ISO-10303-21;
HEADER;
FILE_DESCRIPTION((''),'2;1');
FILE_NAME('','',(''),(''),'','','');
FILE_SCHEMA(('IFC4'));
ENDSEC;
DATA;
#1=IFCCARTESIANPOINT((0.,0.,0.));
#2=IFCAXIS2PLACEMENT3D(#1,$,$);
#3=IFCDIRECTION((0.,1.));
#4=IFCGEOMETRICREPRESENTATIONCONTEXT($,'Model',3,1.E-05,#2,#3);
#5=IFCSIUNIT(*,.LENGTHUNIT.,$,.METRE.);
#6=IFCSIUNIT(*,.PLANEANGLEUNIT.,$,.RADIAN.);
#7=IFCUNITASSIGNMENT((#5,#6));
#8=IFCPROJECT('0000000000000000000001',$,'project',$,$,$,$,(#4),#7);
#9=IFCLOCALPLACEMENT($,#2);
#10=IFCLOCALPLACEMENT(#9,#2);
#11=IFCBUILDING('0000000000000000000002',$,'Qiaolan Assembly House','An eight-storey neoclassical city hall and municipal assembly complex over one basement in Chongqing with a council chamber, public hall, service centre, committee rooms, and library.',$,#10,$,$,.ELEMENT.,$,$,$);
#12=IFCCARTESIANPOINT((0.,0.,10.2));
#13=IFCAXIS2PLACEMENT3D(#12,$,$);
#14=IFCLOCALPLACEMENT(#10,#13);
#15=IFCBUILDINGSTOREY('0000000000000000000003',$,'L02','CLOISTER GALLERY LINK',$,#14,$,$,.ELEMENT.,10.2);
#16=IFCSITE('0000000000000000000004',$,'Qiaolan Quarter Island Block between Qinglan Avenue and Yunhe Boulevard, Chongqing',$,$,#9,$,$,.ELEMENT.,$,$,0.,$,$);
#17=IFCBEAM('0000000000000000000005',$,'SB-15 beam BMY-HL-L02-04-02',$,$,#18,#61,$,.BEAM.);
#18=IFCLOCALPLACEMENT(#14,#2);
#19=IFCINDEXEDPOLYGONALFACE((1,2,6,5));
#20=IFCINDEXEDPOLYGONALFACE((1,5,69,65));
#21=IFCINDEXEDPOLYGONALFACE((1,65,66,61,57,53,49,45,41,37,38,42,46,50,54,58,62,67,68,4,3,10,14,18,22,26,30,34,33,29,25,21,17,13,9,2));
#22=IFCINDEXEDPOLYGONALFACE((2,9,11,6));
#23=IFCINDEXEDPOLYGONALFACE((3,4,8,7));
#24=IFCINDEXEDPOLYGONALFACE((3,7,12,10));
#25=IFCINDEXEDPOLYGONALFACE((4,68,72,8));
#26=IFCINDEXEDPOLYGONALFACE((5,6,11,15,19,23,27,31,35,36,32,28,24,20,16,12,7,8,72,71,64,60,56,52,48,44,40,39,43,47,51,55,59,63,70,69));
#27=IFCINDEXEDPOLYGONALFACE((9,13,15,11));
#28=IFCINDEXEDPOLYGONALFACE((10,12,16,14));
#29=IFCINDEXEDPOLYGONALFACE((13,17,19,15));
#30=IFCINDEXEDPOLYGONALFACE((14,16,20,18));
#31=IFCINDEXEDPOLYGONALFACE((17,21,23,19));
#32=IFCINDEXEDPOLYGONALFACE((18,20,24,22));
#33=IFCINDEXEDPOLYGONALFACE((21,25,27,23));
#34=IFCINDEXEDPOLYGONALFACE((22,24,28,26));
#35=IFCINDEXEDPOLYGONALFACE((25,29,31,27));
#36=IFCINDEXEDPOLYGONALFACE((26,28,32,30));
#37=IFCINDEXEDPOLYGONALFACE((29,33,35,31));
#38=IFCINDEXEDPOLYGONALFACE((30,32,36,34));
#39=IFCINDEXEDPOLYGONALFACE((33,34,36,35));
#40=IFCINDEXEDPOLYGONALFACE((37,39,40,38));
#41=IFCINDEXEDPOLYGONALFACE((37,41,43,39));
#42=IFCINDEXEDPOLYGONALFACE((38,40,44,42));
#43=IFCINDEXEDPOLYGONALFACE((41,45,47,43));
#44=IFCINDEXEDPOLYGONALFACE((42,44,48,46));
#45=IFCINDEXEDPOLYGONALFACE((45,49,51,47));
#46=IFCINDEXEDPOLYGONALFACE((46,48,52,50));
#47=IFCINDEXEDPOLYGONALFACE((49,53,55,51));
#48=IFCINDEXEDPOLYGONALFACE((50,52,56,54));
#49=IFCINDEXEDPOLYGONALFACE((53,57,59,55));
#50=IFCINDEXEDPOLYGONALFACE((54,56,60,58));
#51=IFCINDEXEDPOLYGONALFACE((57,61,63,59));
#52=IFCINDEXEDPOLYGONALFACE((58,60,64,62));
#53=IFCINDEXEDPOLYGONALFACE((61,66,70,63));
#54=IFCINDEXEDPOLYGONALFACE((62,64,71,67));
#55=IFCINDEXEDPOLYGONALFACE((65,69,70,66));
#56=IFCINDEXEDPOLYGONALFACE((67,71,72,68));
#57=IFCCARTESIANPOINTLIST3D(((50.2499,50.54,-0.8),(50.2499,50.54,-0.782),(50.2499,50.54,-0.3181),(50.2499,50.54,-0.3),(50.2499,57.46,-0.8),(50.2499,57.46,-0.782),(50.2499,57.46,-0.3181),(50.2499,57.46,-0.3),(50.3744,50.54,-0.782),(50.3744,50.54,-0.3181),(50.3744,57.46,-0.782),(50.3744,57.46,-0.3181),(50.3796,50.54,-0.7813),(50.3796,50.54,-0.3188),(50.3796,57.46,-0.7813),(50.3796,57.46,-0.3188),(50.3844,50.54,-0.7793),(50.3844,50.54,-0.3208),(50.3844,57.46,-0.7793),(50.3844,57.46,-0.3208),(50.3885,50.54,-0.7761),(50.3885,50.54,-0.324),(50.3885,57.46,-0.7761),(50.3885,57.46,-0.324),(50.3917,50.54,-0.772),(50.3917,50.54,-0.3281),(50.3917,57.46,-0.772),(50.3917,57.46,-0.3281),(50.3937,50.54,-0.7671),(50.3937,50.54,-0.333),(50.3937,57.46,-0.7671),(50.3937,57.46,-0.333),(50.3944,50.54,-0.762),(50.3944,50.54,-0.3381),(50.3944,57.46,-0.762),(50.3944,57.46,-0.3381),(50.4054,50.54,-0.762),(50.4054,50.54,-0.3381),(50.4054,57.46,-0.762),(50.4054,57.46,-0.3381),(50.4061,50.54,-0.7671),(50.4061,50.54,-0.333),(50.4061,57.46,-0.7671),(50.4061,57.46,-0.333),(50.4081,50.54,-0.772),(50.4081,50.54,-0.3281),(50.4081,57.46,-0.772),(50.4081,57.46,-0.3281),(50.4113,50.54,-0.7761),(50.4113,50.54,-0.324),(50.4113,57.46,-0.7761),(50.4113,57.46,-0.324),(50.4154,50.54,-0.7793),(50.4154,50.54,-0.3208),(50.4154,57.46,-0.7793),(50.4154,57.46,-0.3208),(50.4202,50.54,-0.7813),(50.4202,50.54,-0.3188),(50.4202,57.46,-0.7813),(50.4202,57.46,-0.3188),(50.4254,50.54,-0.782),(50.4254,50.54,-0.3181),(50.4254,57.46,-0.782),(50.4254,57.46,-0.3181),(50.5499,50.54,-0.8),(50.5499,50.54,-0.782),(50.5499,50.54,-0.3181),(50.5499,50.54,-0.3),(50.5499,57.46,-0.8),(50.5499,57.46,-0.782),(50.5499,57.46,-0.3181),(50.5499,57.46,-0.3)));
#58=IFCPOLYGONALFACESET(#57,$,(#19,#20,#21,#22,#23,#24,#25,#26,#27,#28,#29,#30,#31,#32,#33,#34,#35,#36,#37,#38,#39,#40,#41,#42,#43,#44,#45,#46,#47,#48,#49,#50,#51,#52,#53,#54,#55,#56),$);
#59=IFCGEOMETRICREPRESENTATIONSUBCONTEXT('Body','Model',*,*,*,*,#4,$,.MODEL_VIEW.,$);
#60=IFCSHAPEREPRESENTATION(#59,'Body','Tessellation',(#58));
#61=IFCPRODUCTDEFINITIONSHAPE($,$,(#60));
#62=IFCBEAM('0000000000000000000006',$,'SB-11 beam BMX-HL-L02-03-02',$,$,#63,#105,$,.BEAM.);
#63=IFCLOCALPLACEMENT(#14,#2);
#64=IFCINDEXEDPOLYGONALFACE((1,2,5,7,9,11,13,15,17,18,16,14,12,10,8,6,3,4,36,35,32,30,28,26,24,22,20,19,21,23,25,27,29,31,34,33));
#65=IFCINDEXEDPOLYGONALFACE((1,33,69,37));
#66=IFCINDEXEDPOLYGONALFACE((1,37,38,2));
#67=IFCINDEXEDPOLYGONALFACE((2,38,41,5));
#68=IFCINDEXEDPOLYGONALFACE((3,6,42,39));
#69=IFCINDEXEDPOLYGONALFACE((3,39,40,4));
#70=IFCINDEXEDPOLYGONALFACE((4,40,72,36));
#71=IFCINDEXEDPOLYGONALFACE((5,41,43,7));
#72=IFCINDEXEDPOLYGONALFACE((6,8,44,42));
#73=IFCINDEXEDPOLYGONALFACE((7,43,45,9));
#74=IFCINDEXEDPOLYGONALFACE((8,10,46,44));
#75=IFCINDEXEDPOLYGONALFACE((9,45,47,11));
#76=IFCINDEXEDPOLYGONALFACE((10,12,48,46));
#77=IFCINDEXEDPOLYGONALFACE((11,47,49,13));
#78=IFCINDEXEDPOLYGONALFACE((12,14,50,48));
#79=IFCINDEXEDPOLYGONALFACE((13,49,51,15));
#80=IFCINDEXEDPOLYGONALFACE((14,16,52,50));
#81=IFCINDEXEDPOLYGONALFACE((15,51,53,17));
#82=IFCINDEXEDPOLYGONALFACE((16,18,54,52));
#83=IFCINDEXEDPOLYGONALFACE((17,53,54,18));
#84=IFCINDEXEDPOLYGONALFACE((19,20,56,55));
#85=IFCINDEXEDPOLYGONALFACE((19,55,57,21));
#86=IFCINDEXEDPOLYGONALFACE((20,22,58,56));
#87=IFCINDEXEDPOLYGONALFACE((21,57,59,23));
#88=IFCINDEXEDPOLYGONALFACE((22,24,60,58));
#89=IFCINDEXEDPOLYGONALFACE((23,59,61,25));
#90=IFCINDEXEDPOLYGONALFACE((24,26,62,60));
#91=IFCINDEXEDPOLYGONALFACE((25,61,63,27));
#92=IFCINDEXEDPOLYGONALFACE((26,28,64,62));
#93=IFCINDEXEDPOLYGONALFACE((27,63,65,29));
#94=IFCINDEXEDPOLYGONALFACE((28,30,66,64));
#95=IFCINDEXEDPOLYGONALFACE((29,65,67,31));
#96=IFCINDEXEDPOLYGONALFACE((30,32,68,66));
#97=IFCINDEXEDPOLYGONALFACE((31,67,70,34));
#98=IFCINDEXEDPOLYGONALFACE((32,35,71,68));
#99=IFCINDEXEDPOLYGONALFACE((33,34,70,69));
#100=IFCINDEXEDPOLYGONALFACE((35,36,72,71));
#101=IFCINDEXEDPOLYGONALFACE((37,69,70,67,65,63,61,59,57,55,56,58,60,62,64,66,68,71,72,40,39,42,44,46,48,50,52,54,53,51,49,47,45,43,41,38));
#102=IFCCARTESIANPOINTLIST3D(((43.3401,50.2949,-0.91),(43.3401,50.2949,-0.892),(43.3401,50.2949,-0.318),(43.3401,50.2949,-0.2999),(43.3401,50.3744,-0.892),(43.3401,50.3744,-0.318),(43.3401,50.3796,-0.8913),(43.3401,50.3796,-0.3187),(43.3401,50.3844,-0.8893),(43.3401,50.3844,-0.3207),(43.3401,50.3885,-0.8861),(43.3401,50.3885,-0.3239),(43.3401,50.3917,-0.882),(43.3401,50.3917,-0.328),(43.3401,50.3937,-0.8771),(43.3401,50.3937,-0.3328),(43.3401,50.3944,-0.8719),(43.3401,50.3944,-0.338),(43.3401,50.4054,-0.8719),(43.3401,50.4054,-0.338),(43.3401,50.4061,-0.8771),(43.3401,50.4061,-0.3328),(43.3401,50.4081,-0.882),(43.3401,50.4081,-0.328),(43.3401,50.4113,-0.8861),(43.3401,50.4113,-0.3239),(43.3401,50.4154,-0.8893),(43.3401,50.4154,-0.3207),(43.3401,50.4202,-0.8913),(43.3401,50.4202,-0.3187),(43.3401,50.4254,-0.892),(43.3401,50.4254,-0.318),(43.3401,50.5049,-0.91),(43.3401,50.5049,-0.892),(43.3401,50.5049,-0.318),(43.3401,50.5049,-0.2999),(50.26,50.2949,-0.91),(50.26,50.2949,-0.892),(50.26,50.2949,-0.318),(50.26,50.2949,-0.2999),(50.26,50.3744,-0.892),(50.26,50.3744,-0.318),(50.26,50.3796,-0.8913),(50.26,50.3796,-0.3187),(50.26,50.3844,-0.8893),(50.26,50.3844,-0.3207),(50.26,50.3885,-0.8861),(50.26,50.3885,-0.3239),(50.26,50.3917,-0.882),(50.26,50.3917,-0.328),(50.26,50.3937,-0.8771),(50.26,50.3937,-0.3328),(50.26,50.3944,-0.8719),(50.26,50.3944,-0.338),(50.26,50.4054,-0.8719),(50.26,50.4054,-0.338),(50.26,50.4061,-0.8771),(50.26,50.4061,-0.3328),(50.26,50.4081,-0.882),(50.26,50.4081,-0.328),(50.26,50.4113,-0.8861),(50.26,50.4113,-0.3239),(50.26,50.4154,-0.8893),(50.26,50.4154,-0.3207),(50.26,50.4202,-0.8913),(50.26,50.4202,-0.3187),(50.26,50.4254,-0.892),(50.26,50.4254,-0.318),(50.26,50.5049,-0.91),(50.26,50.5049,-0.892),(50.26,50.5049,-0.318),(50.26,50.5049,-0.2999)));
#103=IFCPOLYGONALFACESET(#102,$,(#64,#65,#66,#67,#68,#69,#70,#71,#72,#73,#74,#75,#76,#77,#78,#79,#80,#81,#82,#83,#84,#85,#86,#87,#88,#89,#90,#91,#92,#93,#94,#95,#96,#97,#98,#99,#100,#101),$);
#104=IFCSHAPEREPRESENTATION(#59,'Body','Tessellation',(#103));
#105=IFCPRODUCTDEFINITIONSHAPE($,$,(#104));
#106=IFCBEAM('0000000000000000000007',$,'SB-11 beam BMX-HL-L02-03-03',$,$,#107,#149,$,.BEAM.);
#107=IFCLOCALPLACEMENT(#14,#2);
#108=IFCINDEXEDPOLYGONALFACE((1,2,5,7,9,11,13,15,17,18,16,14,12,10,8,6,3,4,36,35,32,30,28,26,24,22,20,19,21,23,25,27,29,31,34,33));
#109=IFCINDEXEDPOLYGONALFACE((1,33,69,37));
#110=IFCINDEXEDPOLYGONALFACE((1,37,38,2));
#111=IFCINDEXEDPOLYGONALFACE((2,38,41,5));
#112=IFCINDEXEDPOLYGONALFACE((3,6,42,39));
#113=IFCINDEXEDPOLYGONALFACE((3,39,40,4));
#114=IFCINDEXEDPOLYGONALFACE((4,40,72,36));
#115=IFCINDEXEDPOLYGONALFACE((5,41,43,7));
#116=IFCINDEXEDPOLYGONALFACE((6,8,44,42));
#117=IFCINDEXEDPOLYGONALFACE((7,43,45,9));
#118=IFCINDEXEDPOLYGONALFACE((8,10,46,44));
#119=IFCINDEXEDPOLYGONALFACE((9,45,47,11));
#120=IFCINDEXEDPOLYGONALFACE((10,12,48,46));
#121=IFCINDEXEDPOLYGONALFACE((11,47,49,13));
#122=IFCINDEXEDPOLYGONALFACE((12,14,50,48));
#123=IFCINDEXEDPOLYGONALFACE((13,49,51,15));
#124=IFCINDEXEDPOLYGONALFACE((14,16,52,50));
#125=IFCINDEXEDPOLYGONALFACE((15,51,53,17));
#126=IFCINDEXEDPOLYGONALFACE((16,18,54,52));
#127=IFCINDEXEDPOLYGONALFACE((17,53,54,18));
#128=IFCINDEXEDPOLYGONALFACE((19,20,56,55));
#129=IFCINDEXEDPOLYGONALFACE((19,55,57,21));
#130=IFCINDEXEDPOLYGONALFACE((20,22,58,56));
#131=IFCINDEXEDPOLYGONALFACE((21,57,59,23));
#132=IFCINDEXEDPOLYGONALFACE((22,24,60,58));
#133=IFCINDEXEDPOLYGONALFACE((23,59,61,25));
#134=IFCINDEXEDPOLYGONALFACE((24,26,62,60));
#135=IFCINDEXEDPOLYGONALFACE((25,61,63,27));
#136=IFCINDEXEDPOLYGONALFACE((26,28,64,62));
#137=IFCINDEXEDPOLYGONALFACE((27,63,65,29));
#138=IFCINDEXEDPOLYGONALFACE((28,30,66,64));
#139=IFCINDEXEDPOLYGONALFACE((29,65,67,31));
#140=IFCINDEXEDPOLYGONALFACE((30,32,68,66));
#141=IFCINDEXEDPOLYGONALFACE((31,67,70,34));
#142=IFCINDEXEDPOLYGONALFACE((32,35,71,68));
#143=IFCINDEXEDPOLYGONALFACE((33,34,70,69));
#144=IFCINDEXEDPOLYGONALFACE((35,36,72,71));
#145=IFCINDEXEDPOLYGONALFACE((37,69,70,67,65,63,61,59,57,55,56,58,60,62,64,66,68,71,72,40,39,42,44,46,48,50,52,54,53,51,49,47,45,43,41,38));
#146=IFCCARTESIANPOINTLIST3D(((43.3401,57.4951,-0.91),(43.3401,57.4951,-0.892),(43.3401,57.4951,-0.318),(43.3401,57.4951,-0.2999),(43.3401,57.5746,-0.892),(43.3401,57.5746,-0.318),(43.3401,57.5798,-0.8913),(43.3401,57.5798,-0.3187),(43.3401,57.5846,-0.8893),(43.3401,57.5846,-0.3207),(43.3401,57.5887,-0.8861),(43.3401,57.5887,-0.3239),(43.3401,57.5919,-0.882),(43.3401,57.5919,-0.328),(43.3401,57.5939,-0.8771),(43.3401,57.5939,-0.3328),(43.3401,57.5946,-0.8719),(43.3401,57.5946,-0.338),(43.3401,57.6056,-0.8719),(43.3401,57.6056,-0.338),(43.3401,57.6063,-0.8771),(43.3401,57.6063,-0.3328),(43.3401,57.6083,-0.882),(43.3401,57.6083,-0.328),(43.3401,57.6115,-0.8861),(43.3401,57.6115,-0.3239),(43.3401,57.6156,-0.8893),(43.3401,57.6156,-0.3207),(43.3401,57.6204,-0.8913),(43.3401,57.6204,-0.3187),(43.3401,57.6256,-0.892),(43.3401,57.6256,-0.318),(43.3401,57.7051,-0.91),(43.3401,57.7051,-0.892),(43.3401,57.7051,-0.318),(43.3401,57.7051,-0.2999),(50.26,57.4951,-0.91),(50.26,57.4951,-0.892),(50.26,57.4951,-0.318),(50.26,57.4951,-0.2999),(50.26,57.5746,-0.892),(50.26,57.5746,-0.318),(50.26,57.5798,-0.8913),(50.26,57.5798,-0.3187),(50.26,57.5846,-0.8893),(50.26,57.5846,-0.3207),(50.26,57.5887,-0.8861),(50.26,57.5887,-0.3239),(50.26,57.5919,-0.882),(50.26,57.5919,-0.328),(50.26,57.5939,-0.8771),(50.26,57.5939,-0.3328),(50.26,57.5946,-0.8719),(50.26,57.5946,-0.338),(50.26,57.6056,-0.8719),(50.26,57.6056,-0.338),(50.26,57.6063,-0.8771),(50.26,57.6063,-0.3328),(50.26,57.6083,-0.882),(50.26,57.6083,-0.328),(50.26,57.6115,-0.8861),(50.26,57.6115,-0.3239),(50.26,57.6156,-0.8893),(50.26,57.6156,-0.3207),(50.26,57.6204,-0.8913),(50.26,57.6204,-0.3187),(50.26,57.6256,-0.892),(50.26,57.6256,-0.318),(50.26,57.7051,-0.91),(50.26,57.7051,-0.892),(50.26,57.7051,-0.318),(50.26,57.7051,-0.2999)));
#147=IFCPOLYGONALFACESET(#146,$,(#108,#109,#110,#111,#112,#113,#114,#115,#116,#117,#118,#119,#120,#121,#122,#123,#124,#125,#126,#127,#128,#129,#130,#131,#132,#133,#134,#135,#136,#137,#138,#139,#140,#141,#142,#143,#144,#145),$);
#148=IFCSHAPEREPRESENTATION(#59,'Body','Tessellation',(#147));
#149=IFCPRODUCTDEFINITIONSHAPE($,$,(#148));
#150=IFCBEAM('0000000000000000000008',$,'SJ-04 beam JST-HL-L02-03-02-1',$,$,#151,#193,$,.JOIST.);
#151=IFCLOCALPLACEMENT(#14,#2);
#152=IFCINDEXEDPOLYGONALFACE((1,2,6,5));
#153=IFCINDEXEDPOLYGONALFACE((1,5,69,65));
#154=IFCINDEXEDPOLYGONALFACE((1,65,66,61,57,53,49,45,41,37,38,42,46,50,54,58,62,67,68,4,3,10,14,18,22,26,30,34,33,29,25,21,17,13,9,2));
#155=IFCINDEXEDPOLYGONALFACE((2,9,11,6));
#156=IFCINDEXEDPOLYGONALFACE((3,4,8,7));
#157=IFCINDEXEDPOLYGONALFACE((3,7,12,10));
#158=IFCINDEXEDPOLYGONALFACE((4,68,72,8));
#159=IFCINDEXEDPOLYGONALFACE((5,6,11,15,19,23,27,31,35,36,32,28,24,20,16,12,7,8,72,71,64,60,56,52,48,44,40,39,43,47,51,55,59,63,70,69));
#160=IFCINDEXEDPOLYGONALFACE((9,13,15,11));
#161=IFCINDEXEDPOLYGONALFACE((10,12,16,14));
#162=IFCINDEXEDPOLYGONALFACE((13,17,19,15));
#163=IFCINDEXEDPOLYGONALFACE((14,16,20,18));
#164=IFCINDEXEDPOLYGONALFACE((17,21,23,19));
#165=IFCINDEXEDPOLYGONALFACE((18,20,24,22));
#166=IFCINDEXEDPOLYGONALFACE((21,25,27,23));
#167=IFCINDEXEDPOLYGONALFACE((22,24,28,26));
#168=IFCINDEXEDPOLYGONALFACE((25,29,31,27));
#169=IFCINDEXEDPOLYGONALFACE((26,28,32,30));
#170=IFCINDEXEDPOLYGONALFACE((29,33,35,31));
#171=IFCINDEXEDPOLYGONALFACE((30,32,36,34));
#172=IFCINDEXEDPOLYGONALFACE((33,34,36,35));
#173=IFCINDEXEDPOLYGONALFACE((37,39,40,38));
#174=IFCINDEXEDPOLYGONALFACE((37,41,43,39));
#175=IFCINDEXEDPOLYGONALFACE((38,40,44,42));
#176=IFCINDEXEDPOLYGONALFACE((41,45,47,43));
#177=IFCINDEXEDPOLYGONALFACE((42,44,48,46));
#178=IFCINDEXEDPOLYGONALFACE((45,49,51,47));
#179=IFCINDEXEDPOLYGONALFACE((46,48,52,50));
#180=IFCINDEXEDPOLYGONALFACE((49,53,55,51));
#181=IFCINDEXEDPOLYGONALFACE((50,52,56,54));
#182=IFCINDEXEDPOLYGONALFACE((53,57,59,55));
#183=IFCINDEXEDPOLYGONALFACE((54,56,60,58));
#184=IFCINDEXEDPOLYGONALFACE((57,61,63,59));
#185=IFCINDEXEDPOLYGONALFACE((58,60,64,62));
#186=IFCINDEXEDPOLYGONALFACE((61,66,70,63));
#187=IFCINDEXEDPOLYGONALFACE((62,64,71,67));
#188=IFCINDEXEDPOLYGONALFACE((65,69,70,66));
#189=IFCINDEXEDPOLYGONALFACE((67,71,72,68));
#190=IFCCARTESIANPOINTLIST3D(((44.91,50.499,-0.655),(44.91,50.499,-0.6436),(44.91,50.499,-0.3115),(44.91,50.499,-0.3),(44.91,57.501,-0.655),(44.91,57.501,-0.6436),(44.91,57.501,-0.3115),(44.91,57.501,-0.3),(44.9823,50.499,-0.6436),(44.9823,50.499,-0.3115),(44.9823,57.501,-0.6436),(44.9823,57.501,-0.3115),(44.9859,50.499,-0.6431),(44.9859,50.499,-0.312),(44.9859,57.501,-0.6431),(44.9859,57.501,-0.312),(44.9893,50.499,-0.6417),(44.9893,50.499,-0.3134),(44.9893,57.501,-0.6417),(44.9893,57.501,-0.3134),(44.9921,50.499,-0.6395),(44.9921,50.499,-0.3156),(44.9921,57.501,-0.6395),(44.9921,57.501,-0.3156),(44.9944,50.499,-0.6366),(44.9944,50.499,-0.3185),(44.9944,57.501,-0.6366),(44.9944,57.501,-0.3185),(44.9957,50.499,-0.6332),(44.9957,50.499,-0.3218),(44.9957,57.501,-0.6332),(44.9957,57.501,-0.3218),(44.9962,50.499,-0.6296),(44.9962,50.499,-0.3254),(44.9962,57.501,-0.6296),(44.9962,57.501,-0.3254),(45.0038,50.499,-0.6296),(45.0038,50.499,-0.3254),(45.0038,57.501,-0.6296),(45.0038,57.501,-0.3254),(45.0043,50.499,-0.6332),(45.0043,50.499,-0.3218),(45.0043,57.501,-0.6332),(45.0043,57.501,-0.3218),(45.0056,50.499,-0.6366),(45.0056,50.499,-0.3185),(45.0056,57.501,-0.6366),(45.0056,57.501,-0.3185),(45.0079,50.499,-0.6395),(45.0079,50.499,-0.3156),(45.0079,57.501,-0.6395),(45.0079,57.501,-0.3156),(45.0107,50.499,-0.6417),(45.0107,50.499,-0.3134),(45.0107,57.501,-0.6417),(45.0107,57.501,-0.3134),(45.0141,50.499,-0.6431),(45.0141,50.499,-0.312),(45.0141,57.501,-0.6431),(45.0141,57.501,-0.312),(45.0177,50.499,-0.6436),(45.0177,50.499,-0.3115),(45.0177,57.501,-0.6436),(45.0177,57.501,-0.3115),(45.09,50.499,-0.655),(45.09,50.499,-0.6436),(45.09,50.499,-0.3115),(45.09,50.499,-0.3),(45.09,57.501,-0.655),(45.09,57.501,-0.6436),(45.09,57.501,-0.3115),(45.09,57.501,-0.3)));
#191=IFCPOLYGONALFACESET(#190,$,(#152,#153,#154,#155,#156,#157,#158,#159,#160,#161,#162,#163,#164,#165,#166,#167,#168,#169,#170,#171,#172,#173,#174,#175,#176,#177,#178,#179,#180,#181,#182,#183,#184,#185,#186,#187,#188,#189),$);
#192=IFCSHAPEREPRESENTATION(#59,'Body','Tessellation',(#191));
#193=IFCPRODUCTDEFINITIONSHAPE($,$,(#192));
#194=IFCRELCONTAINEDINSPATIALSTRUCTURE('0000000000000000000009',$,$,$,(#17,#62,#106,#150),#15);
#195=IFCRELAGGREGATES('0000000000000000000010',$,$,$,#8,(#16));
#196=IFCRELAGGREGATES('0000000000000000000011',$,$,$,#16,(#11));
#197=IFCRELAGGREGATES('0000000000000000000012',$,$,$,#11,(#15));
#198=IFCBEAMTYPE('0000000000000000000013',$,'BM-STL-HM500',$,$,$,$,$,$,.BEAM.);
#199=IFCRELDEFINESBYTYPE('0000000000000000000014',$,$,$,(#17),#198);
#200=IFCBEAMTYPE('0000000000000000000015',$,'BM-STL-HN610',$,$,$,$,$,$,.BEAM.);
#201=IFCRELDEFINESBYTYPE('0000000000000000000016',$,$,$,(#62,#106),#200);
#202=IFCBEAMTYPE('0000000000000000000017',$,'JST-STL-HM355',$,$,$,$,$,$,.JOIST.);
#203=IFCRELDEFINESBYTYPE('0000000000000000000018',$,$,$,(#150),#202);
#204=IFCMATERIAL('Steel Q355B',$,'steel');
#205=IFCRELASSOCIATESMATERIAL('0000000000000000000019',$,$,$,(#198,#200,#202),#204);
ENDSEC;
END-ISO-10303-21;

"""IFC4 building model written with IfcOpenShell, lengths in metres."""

from ifc_helpers import new_model, si_unit, direction, frame, origin, origin_2d, place, context, subcontext, project, spatial, i_section, extrude, material, material_profile, profile_set, type_object, element, save


model = new_model("IFC4")

# Units and contexts
model_context = context("Model", 3, precision=1e-05, world=origin(), true_north=direction((0.0, 1.0)))
body_context = subcontext(model_context, "Body", "Model", "MODEL_VIEW")
ifc_project = project(units=[si_unit("LENGTHUNIT", "METRE"), si_unit("PLANEANGLEUNIT", "RADIAN")], contexts=[model_context])

# Site, building, storey
site_placement = place(None, origin())
site = spatial("IfcSite", under=ifc_project, at=site_placement, Name="Qiaolan Quarter Island Block between Qinglan Avenue and Yunhe Boulevard, Chongqing", CompositionType="ELEMENT", RefElevation=0.0)
building_placement = place(site_placement, origin())
building = spatial("IfcBuilding", under=site, at=building_placement, Name="Qiaolan Assembly House", Description="An eight-storey neoclassical city hall and municipal assembly complex over one basement in Chongqing with a council chamber, public hall, service centre, committee rooms, and library.", CompositionType="ELEMENT")
storey_placement = place(building_placement, frame((0.0, 0.0, 10.2)))
storey = spatial("IfcBuildingStorey", under=building, at=storey_placement, Name="L02", Description="CLOISTER GALLERY LINK", CompositionType="ELEMENT", Elevation=10.2)

# Shared definitions
ifc_material_1 = material(Name="Steel Q355B", Category="steel")

# Beams
ifc_material_profile_1 = material_profile(ifc_material_1, i_section(OverallWidth=0.3, OverallDepth=0.5, WebThickness=0.011, FlangeThickness=0.0181, FilletRadius=0.02, at=origin_2d()), Name="HM 500x300x11x18")
ifc_profile_set_1 = profile_set([ifc_material_profile_1], Name="Steel Q355B")
beam_type_1 = type_object("IfcBeamType", Name="BM-STL-HM500", PredefinedType="BEAM", material=ifc_profile_set_1)
for number, where, z_axis, x_axis, name in (
    (1, (50.3999, 50.54, -0.55), (0.0, 1.0, 0.0), (-1.0, 0.0, 0.0), "SB-15 beam BMY-HL-L02-04-02"),
):
    element("IfcBeam", number, at=place(storey_placement, frame(where, z_axis=z_axis, x_axis=x_axis)), inside=storey, type_object=beam_type_1, Name=name, PredefinedType="BEAM", context=body_context, shape_type="SweptSolid", body=[
        extrude(i_section(OverallWidth=0.3, OverallDepth=0.5, WebThickness=0.011, FlangeThickness=0.0181, FilletRadius=0.02, at=origin_2d()), origin(), (0.0, 0.0, 1.0), 6.9199),
    ])
ifc_material_profile_2 = material_profile(ifc_material_1, i_section(OverallWidth=0.21, OverallDepth=0.6101, WebThickness=0.011, FlangeThickness=0.0181, FilletRadius=0.02, at=origin_2d()), Name="HN 610x210x11x18")
ifc_profile_set_2 = profile_set([ifc_material_profile_2], Name="Steel Q355B")
beam_type_2 = type_object("IfcBeamType", Name="BM-STL-HN610", PredefinedType="BEAM", material=ifc_profile_set_2)
for number, where, z_axis, x_axis, name in (
    (2, (43.3401, 50.3999, -0.605), (1.0, 0.0, 0.0), (0.0, 1.0, 0.0), "SB-11 beam BMX-HL-L02-03-02"),
    (3, (43.3401, 57.6001, -0.605), (1.0, 0.0, 0.0), (0.0, 1.0, 0.0), "SB-11 beam BMX-HL-L02-03-03"),
):
    element("IfcBeam", number, at=place(storey_placement, frame(where, z_axis=z_axis, x_axis=x_axis)), inside=storey, type_object=beam_type_2, Name=name, PredefinedType="BEAM", context=body_context, shape_type="SweptSolid", body=[
        extrude(i_section(OverallWidth=0.21, OverallDepth=0.6101, WebThickness=0.011, FlangeThickness=0.0181, FilletRadius=0.02, at=origin_2d()), origin(), (0.0, 0.0, 1.0), 6.9199),
    ])
ifc_material_profile_3 = material_profile(ifc_material_1, i_section(OverallWidth=0.1799, OverallDepth=0.355, WebThickness=0.0076, FlangeThickness=0.0115, FilletRadius=0.0139, at=origin_2d()), Name="HM 355x180x7.5x11.5")
ifc_profile_set_3 = profile_set([ifc_material_profile_3], Name="Steel Q355B")
beam_type_3 = type_object("IfcBeamType", Name="JST-STL-HM355", PredefinedType="JOIST", material=ifc_profile_set_3)
for number, where, z_axis, x_axis, name in (
    (4, (45.0, 50.499, -0.4775), (0.0, 1.0, 0.0), (-1.0, 0.0, 0.0), "SJ-04 beam JST-HL-L02-03-02-1"),
):
    element("IfcBeam", number, at=place(storey_placement, frame(where, z_axis=z_axis, x_axis=x_axis)), inside=storey, type_object=beam_type_3, Name=name, PredefinedType="JOIST", context=body_context, shape_type="SweptSolid", body=[
        extrude(i_section(OverallWidth=0.1799, OverallDepth=0.355, WebThickness=0.0076, FlangeThickness=0.0115, FilletRadius=0.0139, at=origin_2d()), origin(), (0.0, 0.0, 1.0), 7.002),
    ])

save(model, "model.ifc")
